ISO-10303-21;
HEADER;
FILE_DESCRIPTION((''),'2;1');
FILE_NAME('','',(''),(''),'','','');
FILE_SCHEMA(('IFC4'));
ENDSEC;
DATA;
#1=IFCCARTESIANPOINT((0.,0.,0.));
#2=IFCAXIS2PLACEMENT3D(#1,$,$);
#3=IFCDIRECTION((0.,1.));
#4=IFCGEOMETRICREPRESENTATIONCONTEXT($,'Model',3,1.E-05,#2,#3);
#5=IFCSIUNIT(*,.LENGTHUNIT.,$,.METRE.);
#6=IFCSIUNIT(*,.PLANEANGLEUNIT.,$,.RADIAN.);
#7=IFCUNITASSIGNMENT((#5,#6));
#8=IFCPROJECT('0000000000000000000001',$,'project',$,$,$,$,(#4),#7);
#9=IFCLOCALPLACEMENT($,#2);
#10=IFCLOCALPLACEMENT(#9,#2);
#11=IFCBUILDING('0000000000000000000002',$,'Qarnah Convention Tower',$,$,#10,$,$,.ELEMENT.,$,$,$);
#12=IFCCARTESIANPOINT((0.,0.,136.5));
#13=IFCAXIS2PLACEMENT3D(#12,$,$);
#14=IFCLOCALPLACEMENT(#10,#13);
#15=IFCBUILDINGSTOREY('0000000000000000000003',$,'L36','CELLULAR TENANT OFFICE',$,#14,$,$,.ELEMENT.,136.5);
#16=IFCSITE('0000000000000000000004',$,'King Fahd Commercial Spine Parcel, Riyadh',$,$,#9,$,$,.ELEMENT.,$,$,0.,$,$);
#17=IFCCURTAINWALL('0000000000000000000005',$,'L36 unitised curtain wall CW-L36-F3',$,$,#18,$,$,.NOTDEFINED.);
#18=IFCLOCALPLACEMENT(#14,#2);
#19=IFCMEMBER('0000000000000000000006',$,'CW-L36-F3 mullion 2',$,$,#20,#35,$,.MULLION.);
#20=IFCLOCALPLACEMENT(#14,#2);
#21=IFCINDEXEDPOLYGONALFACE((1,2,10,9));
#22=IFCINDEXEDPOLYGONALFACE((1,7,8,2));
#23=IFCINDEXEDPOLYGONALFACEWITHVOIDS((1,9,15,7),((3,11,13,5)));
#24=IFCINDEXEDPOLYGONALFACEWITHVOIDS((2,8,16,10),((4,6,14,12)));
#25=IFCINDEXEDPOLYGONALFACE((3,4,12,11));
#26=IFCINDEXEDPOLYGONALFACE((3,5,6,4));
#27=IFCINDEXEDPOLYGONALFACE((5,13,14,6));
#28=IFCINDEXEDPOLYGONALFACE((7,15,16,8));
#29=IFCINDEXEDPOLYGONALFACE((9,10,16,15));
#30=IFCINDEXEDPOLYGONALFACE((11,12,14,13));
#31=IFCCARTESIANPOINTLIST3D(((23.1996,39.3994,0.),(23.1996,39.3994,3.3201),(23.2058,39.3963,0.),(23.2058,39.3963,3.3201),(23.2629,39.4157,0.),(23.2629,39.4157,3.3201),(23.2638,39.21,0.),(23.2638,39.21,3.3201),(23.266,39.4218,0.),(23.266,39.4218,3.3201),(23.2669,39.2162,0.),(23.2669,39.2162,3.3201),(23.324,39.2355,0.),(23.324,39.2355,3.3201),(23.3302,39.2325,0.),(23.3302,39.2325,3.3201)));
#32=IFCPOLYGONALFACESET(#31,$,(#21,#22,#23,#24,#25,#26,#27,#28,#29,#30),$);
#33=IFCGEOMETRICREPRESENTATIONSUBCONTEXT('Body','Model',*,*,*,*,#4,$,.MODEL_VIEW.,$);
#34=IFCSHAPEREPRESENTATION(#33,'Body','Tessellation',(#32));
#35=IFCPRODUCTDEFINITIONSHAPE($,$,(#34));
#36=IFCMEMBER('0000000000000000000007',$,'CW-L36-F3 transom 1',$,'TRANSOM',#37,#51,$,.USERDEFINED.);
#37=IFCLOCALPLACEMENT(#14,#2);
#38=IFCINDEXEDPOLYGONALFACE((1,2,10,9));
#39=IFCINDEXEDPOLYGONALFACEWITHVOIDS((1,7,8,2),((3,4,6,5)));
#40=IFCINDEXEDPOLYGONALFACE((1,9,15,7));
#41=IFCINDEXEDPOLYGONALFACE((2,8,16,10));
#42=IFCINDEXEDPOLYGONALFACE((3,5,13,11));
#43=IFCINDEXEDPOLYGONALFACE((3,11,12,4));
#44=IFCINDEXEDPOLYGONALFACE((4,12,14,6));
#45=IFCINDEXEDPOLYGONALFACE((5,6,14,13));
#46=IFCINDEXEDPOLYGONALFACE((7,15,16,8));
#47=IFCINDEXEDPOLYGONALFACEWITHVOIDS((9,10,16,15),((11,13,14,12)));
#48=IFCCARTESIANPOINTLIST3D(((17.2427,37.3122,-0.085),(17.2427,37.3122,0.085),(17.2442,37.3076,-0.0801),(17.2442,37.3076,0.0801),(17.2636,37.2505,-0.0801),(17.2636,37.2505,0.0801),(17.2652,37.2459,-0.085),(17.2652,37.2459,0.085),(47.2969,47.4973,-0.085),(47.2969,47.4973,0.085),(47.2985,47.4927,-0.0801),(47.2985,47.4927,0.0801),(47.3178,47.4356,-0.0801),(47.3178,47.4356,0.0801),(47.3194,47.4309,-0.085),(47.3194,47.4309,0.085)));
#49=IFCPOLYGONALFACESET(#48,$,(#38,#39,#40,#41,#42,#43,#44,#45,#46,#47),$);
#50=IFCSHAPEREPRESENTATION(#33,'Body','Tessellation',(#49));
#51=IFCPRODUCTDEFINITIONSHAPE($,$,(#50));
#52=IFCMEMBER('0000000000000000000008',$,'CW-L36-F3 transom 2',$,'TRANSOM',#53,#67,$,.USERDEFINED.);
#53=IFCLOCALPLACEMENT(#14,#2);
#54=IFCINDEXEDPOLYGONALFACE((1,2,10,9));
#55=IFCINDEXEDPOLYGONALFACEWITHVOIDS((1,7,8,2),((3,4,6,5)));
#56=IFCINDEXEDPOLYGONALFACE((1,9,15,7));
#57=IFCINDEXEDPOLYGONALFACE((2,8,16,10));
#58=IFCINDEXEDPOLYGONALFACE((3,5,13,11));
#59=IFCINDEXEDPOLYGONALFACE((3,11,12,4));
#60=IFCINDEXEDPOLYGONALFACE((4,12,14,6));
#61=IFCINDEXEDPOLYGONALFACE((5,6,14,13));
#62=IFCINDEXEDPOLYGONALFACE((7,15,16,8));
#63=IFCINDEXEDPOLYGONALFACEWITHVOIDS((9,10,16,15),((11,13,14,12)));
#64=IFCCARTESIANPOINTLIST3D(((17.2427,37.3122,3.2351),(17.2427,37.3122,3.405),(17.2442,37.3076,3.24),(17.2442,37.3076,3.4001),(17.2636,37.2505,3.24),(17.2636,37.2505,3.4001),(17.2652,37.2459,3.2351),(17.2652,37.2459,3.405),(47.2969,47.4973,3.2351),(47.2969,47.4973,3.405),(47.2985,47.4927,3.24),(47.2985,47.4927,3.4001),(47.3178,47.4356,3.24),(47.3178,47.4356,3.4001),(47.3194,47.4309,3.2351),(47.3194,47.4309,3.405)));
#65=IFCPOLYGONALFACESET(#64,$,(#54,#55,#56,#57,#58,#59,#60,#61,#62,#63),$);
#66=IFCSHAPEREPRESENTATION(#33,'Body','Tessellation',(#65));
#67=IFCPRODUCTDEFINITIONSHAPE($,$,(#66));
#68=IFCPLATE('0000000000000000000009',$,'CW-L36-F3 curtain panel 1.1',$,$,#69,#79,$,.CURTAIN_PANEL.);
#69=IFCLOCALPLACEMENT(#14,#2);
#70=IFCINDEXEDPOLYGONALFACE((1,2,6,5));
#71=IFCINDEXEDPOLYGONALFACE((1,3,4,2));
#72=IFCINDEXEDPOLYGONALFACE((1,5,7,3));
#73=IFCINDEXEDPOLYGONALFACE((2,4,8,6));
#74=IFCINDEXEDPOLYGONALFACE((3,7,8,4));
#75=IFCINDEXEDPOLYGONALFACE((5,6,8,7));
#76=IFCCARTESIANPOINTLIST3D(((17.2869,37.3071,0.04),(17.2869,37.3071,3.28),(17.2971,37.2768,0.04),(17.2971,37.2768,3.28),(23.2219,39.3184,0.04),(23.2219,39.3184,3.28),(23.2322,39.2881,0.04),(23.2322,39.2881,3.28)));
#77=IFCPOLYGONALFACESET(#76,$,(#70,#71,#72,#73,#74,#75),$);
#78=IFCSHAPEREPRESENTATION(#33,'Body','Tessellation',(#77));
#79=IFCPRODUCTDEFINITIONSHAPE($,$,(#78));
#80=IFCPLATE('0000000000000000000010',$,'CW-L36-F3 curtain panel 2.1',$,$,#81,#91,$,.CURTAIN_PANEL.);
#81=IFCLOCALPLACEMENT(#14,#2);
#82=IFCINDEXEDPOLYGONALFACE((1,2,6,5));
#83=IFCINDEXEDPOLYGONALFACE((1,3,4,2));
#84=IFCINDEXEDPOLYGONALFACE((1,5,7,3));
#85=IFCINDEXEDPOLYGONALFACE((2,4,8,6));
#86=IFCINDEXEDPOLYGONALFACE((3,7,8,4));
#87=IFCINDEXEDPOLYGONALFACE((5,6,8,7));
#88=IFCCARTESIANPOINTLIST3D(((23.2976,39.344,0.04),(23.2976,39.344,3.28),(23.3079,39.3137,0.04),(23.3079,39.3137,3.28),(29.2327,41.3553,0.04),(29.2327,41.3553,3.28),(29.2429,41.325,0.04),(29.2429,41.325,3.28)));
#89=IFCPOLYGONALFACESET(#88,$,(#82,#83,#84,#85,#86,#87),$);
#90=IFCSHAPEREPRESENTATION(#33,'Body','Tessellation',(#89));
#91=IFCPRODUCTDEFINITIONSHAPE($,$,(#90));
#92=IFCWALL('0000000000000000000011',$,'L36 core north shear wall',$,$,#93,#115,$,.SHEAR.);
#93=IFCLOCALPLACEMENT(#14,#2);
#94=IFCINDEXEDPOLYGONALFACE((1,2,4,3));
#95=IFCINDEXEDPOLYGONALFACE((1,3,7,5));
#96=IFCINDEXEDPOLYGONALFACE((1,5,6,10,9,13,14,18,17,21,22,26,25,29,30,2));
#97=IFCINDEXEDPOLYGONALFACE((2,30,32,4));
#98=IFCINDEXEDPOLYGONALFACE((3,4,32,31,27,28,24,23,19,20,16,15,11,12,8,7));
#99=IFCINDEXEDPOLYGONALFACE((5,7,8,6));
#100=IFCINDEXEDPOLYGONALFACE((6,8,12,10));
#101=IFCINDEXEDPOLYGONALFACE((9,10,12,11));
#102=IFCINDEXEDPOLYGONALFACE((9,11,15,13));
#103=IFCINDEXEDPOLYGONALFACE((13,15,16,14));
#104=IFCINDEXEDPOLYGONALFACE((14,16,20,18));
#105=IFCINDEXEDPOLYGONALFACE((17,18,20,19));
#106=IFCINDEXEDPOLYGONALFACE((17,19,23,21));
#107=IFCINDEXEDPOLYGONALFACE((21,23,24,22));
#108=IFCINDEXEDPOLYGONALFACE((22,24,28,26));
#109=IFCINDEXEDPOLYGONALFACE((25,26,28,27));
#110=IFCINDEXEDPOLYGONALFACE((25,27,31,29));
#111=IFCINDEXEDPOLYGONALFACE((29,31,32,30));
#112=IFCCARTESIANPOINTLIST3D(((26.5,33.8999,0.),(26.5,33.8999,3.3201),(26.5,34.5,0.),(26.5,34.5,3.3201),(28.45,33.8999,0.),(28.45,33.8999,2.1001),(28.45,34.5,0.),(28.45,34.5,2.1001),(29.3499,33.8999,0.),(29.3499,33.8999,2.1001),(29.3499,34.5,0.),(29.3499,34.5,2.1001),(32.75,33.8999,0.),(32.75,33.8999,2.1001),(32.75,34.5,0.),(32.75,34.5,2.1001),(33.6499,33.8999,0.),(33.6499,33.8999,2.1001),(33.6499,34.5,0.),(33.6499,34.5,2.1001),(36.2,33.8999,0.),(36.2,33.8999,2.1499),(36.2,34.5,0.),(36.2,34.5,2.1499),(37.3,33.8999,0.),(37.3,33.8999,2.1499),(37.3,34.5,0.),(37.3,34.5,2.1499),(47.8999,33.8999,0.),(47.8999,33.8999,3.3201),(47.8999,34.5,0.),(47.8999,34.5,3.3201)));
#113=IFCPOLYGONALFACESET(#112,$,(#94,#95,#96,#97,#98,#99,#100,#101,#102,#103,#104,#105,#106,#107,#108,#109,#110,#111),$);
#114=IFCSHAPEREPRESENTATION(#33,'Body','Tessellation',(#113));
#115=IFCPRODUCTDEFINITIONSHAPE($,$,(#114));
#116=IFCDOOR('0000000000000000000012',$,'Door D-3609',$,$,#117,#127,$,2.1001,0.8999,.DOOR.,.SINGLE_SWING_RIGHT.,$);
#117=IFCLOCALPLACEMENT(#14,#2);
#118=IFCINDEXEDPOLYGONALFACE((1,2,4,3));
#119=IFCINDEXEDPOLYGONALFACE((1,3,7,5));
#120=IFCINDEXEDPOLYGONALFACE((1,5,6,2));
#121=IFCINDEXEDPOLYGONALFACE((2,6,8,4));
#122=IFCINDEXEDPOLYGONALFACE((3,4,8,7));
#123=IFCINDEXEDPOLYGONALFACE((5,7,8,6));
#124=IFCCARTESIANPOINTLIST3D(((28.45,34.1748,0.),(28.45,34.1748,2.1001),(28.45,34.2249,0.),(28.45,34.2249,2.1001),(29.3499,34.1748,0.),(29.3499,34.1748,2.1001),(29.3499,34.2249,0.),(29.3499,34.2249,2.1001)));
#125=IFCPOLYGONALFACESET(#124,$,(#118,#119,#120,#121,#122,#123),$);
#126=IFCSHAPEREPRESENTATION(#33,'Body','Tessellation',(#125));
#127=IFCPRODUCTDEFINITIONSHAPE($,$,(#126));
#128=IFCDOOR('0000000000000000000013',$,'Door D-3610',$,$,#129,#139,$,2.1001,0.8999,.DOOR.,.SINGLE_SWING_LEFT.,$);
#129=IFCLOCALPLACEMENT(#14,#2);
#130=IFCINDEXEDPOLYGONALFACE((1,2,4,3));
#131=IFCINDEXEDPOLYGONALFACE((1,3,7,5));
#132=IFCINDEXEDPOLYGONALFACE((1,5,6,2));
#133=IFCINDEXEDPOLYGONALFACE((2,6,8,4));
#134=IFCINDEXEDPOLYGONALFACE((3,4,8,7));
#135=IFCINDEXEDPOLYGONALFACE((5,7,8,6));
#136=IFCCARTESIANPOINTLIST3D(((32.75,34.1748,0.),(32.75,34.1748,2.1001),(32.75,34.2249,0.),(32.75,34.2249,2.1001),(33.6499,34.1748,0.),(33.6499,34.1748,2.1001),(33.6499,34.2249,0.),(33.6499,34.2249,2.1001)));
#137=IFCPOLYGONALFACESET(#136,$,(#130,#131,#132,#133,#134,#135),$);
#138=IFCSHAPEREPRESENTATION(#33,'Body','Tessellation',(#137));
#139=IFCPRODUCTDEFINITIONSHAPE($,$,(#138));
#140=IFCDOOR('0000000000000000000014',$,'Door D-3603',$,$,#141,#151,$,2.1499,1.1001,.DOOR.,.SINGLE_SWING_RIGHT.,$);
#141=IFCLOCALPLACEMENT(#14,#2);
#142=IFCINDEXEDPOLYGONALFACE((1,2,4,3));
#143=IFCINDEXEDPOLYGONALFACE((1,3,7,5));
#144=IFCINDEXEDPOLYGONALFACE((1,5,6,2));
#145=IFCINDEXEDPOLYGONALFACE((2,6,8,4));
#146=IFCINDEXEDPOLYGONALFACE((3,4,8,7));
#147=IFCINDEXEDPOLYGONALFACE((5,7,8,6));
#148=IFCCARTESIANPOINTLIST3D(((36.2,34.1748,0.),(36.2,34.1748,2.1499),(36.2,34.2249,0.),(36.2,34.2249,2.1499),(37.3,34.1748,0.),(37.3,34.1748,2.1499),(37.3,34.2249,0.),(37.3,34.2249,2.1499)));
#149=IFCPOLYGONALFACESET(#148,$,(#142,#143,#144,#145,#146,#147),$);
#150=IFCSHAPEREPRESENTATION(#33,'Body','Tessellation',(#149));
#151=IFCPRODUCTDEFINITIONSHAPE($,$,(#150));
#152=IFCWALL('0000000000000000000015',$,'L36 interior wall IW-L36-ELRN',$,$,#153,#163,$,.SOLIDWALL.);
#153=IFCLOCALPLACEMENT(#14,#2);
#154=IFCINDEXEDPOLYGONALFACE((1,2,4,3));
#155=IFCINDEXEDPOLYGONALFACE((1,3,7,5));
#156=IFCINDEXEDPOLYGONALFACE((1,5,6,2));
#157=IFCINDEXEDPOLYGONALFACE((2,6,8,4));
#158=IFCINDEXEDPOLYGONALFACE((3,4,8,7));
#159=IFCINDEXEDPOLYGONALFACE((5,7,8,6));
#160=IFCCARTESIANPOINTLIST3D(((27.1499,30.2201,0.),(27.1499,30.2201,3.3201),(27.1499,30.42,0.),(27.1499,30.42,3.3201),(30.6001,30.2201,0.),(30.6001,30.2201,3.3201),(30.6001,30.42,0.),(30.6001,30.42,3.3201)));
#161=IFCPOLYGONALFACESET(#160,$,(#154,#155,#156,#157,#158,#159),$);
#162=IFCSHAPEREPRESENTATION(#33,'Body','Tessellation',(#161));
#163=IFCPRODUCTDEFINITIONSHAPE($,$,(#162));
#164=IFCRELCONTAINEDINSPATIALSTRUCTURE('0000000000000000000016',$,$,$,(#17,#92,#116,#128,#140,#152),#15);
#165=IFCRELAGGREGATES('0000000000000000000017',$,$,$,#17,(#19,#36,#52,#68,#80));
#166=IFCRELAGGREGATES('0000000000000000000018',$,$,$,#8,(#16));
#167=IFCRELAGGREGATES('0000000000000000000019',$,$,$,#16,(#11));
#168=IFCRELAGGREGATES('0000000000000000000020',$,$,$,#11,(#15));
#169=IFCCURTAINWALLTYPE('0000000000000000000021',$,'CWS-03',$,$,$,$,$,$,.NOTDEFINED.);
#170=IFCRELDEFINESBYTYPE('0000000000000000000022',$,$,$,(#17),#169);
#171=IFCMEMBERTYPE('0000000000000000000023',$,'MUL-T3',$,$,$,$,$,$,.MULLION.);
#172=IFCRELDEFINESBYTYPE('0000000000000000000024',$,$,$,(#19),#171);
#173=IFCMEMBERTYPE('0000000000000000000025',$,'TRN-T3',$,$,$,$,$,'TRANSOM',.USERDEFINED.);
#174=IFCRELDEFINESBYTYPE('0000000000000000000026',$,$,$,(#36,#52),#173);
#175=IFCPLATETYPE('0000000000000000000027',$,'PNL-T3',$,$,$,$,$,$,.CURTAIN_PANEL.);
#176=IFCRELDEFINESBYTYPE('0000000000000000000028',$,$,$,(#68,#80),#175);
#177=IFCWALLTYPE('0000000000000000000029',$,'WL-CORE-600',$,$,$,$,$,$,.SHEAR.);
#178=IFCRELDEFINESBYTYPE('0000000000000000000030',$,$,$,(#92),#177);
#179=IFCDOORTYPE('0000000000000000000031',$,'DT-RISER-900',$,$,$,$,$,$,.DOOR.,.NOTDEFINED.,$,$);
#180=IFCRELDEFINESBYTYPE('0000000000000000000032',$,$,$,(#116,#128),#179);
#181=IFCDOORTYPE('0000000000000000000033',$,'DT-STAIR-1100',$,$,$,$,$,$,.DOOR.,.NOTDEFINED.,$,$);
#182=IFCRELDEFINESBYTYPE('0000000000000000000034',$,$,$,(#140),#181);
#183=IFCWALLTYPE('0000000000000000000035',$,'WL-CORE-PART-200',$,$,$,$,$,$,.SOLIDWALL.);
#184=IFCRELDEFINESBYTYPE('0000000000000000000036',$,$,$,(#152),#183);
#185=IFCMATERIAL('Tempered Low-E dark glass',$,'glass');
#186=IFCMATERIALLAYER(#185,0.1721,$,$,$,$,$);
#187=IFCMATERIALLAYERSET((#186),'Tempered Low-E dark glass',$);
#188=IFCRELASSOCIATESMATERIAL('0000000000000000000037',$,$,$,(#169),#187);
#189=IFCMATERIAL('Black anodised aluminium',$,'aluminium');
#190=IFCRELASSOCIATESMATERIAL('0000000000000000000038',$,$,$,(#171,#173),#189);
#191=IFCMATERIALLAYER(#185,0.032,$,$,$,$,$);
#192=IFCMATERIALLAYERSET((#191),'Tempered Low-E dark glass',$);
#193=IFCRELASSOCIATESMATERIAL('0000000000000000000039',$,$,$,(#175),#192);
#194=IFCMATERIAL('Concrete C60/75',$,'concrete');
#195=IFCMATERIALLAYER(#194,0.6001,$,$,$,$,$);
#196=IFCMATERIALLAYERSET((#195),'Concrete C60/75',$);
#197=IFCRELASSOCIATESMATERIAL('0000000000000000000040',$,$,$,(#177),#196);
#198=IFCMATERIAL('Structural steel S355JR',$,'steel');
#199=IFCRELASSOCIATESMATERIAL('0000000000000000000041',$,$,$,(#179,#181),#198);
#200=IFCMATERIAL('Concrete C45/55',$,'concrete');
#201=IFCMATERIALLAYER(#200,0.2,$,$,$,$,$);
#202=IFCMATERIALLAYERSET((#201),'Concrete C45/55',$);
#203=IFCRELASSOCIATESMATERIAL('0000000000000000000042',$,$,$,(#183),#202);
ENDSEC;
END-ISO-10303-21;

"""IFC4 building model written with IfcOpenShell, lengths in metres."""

from ifc_helpers import new_model, si_unit, direction, frame, frame_2d, origin, origin_2d, place, context, subcontext, project, spatial, rectangle, hollow_rectangle, extrude, material, layer, layer_set, material_profile, profile_set, type_object, element, fill, aggregate, save


model = new_model("IFC4")

# Units and contexts
model_context = context("Model", 3, precision=1e-05, world=origin(), true_north=direction((0.0, 1.0)))
body_context = subcontext(model_context, "Body", "Model", "MODEL_VIEW")
ifc_project = project(units=[si_unit("LENGTHUNIT", "METRE"), si_unit("PLANEANGLEUNIT", "RADIAN")], contexts=[model_context])

# Site, building, storey
site_placement = place(None, origin())
site = spatial("IfcSite", under=ifc_project, at=site_placement, Name="King Fahd Commercial Spine Parcel, Riyadh", CompositionType="ELEMENT", RefElevation=0.0)
building_placement = place(site_placement, origin())
building = spatial("IfcBuilding", under=site, at=building_placement, Name="Qarnah Convention Tower", CompositionType="ELEMENT")
storey_placement = place(building_placement, frame((0.0, 0.0, 136.5)))
storey = spatial("IfcBuildingStorey", under=building, at=storey_placement, Name="L36", Description="CELLULAR TENANT OFFICE", CompositionType="ELEMENT", Elevation=136.5)

# Shared definitions
ifc_material_1 = material(Name="Concrete C60/75", Category="concrete")

# Shared definitions
ifc_material_2 = material(Name="Structural steel S355JR", Category="steel")

# Curtain wall, members, plates
ifc_material_3 = material(Name="Tempered Low-E dark glass", Category="glass")
ifc_layer_1 = layer(ifc_material_3, 0.1721)
ifc_layer_set_1 = layer_set([ifc_layer_1], Name="Tempered Low-E dark glass")
curtain_wall_type = type_object("IfcCurtainWallType", Name="CWS-03", PredefinedType="NOTDEFINED", material=ifc_layer_set_1)
curtain_wall_placement = place(storey_placement, origin())
curtain_wall = element("IfcCurtainWall", 1, at=curtain_wall_placement, inside=storey, type_object=curtain_wall_type, Name="L36 unitised curtain wall CW-L36-F3", PredefinedType="NOTDEFINED")
ifc_material_4 = material(Name="Black anodised aluminium", Category="aluminium")
ifc_material_profile_1 = material_profile(ifc_material_4, hollow_rectangle(XDim=0.0701, YDim=0.2, WallThickness=0.0049, at=origin_2d()), Name="MUL-70X200")
ifc_profile_set_1 = profile_set([ifc_material_profile_1], Name="Black anodised aluminium")
member_type_1 = type_object("IfcMemberType", Name="MUL-T3", PredefinedType="MULLION", material=ifc_profile_set_1)
member_1_placement = place(storey_placement, frame((23.2649, 39.3159, 0.0), z_axis=(0.0, 0.0, 1.0), x_axis=(0.947093, 0.32096, 0.0)))
member_1 = element("IfcMember", 2, at=member_1_placement, type_object=member_type_1, Name="CW-L36-F3 mullion 2", PredefinedType="MULLION", context=body_context, shape_type="SweptSolid", body=[
    extrude(hollow_rectangle(XDim=0.0701, YDim=0.2, WallThickness=0.0049, at=origin_2d()), origin(), (0.0, 0.0, 1.0), 3.3201),
])
ifc_material_profile_2 = material_profile(ifc_material_4, hollow_rectangle(XDim=0.0701, YDim=0.1699, WallThickness=0.0049, at=origin_2d()), Name="TRN-70X170")
ifc_profile_set_2 = profile_set([ifc_material_profile_2], Name="Black anodised aluminium")
member_type_2 = type_object("IfcMemberType", Name="TRN-T3", ElementType="TRANSOM", PredefinedType="USERDEFINED", material=ifc_profile_set_2)
member_2_placement = place(storey_placement, frame((17.2539, 37.2791, 0.0), z_axis=(0.947093, 0.32096, 0.0), x_axis=(-0.32096, 0.947093, 0.0)))
member_2 = element("IfcMember", 3, at=member_2_placement, type_object=member_type_2, Name="CW-L36-F3 transom 1", ObjectType="TRANSOM", PredefinedType="USERDEFINED", context=body_context, shape_type="SweptSolid", body=[
    extrude(hollow_rectangle(XDim=0.0701, YDim=0.1699, WallThickness=0.0049, at=origin_2d()), origin(), (0.0, 0.0, 1.0), 31.7332),
])
member_3_placement = place(storey_placement, frame((17.2539, 37.2791, 3.3201), z_axis=(0.947093, 0.32096, 0.0), x_axis=(-0.32096, 0.947093, 0.0)))
member_3 = element("IfcMember", 4, at=member_3_placement, type_object=member_type_2, Name="CW-L36-F3 transom 2", ObjectType="TRANSOM", PredefinedType="USERDEFINED", context=body_context, shape_type="SweptSolid", body=[
    extrude(hollow_rectangle(XDim=0.0701, YDim=0.1699, WallThickness=0.0049, at=origin_2d()), origin(), (0.0, 0.0, 1.0), 31.7332),
])
ifc_layer_2 = layer(ifc_material_3, 0.032)
ifc_layer_set_2 = layer_set([ifc_layer_2], Name="Tempered Low-E dark glass")
plate_type = type_object("IfcPlateType", Name="PNL-T3", PredefinedType="CURTAIN_PANEL", material=ifc_layer_set_2)
plate_1_placement = place(storey_placement, frame((20.2595, 38.2976, 0.04), z_axis=(0.0, 0.0, 1.0), x_axis=(0.947093, 0.32096, 0.0)))
plate_1 = element("IfcPlate", 5, at=plate_1_placement, type_object=plate_type, Name="CW-L36-F3 curtain panel 1.1", PredefinedType="CURTAIN_PANEL", context=body_context, shape_type="SweptSolid", body=[
    extrude(rectangle(XDim=6.2666, YDim=0.032, at=origin_2d()), origin(), (0.0, 0.0, 1.0), 3.24),
])
plate_2_placement = place(storey_placement, frame((26.2703, 40.3345, 0.04), z_axis=(0.0, 0.0, 1.0), x_axis=(0.947093, 0.32096, 0.0)))
plate_2 = element("IfcPlate", 6, at=plate_2_placement, type_object=plate_type, Name="CW-L36-F3 curtain panel 2.1", PredefinedType="CURTAIN_PANEL", context=body_context, shape_type="SweptSolid", body=[
    extrude(rectangle(XDim=6.2666, YDim=0.032, at=origin_2d()), origin(), (0.0, 0.0, 1.0), 3.24),
])
aggregate(curtain_wall, [member_1, member_2, member_3, plate_1, plate_2])

# Wall, openings, doors
ifc_layer_3 = layer(ifc_material_1, 0.6001)
ifc_layer_set_3 = layer_set([ifc_layer_3], Name="Concrete C60/75")
wall_type_1 = type_object("IfcWallType", Name="WL-CORE-600", PredefinedType="SHEAR", material=ifc_layer_set_3)
wall_1_placement = place(storey_placement, frame((26.5, 34.2, 0.0), z_axis=(0.0, 0.0, 1.0), x_axis=(1.0, 0.0, 0.0)))
wall_1 = element("IfcWall", 7, at=wall_1_placement, inside=storey, type_object=wall_type_1, Name="L36 core north shear wall", PredefinedType="SHEAR", context=body_context, shape_type="SweptSolid", body=[
    extrude(rectangle(XDim=21.3999, YDim=0.6001, at=frame_2d((10.7, 0.0))), origin(), (0.0, 0.0, 1.0), 3.3201),
])
opening_1_placement = place(wall_1_placement, frame((9.7, 0.0, 0.0)))
opening_1 = element("IfcOpeningElement", 8, at=opening_1_placement, cuts=wall_1, PredefinedType="OPENING", context=body_context, shape_type="SweptSolid", body=[
    extrude(rectangle(XDim=1.1001, YDim=2.1499, at=frame_2d((0.55, 1.075))), frame((0.0, 0.3101, 0.0), z_axis=(0.0, -1.0, 0.0), x_axis=(1.0, 0.0, 0.0)), (0.0, 0.0, 1.0), 0.6201),
])
opening_2_placement = place(wall_1_placement, frame((1.95, 0.0, 0.0)))
opening_2 = element("IfcOpeningElement", 9, at=opening_2_placement, cuts=wall_1, PredefinedType="OPENING", context=body_context, shape_type="SweptSolid", body=[
    extrude(rectangle(XDim=0.8999, YDim=2.1001, at=frame_2d((0.45, 1.05))), frame((0.0, 0.3101, 0.0), z_axis=(0.0, -1.0, 0.0), x_axis=(1.0, 0.0, 0.0)), (0.0, 0.0, 1.0), 0.6201),
])
opening_3_placement = place(wall_1_placement, frame((6.25, 0.0, 0.0)))
opening_3 = element("IfcOpeningElement", 10, at=opening_3_placement, cuts=wall_1, PredefinedType="OPENING", context=body_context, shape_type="SweptSolid", body=[
    extrude(rectangle(XDim=0.8999, YDim=2.1001, at=frame_2d((0.45, 1.05))), frame((0.0, 0.3101, 0.0), z_axis=(0.0, -1.0, 0.0), x_axis=(1.0, 0.0, 0.0)), (0.0, 0.0, 1.0), 0.6201),
])
door_type_1 = type_object("IfcDoorType", Name="DT-RISER-900", OperationType="NOTDEFINED", PredefinedType="DOOR", material=ifc_material_2)
door_1_placement = place(opening_2_placement, origin())
door_1 = element("IfcDoor", 11, at=door_1_placement, inside=storey, type_object=door_type_1, Name="Door D-3609", OperationType="SINGLE_SWING_RIGHT", OverallHeight=2.1001, OverallWidth=0.8999, PredefinedType="DOOR", context=body_context, shape_type="SweptSolid", body=[
    extrude(rectangle(XDim=0.8999, YDim=2.1001, at=frame_2d((0.45, 1.05))), frame((0.0, 0.0249, 0.0), z_axis=(0.0, -1.0, 0.0), x_axis=(1.0, 0.0, 0.0)), (0.0, 0.0, 1.0), 0.05),
])
fill(opening_2, door_1)
door_2_placement = place(opening_3_placement, origin())
door_2 = element("IfcDoor", 12, at=door_2_placement, inside=storey, type_object=door_type_1, Name="Door D-3610", OperationType="SINGLE_SWING_LEFT", OverallHeight=2.1001, OverallWidth=0.8999, PredefinedType="DOOR", context=body_context, shape_type="SweptSolid", body=[
    extrude(rectangle(XDim=0.8999, YDim=2.1001, at=frame_2d((0.45, 1.05))), frame((0.0, 0.0249, 0.0), z_axis=(0.0, -1.0, 0.0), x_axis=(1.0, 0.0, 0.0)), (0.0, 0.0, 1.0), 0.05),
])
fill(opening_3, door_2)
door_type_2 = type_object("IfcDoorType", Name="DT-STAIR-1100", OperationType="NOTDEFINED", PredefinedType="DOOR", material=ifc_material_2)
door_3_placement = place(opening_1_placement, origin())
door_3 = element("IfcDoor", 13, at=door_3_placement, inside=storey, type_object=door_type_2, Name="Door D-3603", OperationType="SINGLE_SWING_RIGHT", OverallHeight=2.1499, OverallWidth=1.1001, PredefinedType="DOOR", context=body_context, shape_type="SweptSolid", body=[
    extrude(rectangle(XDim=1.1001, YDim=2.1499, at=frame_2d((0.55, 1.075))), frame((0.0, 0.0249, 0.0), z_axis=(0.0, -1.0, 0.0), x_axis=(1.0, 0.0, 0.0)), (0.0, 0.0, 1.0), 0.05),
])
fill(opening_1, door_3)

# Wall
ifc_material_5 = material(Name="Concrete C45/55", Category="concrete")
ifc_layer_4 = layer(ifc_material_5, 0.2)
ifc_layer_set_4 = layer_set([ifc_layer_4], Name="Concrete C45/55")
wall_type_2 = type_object("IfcWallType", Name="WL-CORE-PART-200", PredefinedType="SOLIDWALL", material=ifc_layer_set_4)
wall_2_placement = place(storey_placement, frame((27.1499, 30.3201, 0.0), z_axis=(0.0, 0.0, 1.0), x_axis=(1.0, 0.0, 0.0)))
element("IfcWall", 14, at=wall_2_placement, inside=storey, type_object=wall_type_2, Name="L36 interior wall IW-L36-ELRN", PredefinedType="SOLIDWALL", context=body_context, shape_type="SweptSolid", body=[
    extrude(rectangle(XDim=3.4502, YDim=0.2, at=frame_2d((1.7251, 0.0))), origin(), (0.0, 0.0, 1.0), 3.3201),
])

save(model, "model.ifc")
